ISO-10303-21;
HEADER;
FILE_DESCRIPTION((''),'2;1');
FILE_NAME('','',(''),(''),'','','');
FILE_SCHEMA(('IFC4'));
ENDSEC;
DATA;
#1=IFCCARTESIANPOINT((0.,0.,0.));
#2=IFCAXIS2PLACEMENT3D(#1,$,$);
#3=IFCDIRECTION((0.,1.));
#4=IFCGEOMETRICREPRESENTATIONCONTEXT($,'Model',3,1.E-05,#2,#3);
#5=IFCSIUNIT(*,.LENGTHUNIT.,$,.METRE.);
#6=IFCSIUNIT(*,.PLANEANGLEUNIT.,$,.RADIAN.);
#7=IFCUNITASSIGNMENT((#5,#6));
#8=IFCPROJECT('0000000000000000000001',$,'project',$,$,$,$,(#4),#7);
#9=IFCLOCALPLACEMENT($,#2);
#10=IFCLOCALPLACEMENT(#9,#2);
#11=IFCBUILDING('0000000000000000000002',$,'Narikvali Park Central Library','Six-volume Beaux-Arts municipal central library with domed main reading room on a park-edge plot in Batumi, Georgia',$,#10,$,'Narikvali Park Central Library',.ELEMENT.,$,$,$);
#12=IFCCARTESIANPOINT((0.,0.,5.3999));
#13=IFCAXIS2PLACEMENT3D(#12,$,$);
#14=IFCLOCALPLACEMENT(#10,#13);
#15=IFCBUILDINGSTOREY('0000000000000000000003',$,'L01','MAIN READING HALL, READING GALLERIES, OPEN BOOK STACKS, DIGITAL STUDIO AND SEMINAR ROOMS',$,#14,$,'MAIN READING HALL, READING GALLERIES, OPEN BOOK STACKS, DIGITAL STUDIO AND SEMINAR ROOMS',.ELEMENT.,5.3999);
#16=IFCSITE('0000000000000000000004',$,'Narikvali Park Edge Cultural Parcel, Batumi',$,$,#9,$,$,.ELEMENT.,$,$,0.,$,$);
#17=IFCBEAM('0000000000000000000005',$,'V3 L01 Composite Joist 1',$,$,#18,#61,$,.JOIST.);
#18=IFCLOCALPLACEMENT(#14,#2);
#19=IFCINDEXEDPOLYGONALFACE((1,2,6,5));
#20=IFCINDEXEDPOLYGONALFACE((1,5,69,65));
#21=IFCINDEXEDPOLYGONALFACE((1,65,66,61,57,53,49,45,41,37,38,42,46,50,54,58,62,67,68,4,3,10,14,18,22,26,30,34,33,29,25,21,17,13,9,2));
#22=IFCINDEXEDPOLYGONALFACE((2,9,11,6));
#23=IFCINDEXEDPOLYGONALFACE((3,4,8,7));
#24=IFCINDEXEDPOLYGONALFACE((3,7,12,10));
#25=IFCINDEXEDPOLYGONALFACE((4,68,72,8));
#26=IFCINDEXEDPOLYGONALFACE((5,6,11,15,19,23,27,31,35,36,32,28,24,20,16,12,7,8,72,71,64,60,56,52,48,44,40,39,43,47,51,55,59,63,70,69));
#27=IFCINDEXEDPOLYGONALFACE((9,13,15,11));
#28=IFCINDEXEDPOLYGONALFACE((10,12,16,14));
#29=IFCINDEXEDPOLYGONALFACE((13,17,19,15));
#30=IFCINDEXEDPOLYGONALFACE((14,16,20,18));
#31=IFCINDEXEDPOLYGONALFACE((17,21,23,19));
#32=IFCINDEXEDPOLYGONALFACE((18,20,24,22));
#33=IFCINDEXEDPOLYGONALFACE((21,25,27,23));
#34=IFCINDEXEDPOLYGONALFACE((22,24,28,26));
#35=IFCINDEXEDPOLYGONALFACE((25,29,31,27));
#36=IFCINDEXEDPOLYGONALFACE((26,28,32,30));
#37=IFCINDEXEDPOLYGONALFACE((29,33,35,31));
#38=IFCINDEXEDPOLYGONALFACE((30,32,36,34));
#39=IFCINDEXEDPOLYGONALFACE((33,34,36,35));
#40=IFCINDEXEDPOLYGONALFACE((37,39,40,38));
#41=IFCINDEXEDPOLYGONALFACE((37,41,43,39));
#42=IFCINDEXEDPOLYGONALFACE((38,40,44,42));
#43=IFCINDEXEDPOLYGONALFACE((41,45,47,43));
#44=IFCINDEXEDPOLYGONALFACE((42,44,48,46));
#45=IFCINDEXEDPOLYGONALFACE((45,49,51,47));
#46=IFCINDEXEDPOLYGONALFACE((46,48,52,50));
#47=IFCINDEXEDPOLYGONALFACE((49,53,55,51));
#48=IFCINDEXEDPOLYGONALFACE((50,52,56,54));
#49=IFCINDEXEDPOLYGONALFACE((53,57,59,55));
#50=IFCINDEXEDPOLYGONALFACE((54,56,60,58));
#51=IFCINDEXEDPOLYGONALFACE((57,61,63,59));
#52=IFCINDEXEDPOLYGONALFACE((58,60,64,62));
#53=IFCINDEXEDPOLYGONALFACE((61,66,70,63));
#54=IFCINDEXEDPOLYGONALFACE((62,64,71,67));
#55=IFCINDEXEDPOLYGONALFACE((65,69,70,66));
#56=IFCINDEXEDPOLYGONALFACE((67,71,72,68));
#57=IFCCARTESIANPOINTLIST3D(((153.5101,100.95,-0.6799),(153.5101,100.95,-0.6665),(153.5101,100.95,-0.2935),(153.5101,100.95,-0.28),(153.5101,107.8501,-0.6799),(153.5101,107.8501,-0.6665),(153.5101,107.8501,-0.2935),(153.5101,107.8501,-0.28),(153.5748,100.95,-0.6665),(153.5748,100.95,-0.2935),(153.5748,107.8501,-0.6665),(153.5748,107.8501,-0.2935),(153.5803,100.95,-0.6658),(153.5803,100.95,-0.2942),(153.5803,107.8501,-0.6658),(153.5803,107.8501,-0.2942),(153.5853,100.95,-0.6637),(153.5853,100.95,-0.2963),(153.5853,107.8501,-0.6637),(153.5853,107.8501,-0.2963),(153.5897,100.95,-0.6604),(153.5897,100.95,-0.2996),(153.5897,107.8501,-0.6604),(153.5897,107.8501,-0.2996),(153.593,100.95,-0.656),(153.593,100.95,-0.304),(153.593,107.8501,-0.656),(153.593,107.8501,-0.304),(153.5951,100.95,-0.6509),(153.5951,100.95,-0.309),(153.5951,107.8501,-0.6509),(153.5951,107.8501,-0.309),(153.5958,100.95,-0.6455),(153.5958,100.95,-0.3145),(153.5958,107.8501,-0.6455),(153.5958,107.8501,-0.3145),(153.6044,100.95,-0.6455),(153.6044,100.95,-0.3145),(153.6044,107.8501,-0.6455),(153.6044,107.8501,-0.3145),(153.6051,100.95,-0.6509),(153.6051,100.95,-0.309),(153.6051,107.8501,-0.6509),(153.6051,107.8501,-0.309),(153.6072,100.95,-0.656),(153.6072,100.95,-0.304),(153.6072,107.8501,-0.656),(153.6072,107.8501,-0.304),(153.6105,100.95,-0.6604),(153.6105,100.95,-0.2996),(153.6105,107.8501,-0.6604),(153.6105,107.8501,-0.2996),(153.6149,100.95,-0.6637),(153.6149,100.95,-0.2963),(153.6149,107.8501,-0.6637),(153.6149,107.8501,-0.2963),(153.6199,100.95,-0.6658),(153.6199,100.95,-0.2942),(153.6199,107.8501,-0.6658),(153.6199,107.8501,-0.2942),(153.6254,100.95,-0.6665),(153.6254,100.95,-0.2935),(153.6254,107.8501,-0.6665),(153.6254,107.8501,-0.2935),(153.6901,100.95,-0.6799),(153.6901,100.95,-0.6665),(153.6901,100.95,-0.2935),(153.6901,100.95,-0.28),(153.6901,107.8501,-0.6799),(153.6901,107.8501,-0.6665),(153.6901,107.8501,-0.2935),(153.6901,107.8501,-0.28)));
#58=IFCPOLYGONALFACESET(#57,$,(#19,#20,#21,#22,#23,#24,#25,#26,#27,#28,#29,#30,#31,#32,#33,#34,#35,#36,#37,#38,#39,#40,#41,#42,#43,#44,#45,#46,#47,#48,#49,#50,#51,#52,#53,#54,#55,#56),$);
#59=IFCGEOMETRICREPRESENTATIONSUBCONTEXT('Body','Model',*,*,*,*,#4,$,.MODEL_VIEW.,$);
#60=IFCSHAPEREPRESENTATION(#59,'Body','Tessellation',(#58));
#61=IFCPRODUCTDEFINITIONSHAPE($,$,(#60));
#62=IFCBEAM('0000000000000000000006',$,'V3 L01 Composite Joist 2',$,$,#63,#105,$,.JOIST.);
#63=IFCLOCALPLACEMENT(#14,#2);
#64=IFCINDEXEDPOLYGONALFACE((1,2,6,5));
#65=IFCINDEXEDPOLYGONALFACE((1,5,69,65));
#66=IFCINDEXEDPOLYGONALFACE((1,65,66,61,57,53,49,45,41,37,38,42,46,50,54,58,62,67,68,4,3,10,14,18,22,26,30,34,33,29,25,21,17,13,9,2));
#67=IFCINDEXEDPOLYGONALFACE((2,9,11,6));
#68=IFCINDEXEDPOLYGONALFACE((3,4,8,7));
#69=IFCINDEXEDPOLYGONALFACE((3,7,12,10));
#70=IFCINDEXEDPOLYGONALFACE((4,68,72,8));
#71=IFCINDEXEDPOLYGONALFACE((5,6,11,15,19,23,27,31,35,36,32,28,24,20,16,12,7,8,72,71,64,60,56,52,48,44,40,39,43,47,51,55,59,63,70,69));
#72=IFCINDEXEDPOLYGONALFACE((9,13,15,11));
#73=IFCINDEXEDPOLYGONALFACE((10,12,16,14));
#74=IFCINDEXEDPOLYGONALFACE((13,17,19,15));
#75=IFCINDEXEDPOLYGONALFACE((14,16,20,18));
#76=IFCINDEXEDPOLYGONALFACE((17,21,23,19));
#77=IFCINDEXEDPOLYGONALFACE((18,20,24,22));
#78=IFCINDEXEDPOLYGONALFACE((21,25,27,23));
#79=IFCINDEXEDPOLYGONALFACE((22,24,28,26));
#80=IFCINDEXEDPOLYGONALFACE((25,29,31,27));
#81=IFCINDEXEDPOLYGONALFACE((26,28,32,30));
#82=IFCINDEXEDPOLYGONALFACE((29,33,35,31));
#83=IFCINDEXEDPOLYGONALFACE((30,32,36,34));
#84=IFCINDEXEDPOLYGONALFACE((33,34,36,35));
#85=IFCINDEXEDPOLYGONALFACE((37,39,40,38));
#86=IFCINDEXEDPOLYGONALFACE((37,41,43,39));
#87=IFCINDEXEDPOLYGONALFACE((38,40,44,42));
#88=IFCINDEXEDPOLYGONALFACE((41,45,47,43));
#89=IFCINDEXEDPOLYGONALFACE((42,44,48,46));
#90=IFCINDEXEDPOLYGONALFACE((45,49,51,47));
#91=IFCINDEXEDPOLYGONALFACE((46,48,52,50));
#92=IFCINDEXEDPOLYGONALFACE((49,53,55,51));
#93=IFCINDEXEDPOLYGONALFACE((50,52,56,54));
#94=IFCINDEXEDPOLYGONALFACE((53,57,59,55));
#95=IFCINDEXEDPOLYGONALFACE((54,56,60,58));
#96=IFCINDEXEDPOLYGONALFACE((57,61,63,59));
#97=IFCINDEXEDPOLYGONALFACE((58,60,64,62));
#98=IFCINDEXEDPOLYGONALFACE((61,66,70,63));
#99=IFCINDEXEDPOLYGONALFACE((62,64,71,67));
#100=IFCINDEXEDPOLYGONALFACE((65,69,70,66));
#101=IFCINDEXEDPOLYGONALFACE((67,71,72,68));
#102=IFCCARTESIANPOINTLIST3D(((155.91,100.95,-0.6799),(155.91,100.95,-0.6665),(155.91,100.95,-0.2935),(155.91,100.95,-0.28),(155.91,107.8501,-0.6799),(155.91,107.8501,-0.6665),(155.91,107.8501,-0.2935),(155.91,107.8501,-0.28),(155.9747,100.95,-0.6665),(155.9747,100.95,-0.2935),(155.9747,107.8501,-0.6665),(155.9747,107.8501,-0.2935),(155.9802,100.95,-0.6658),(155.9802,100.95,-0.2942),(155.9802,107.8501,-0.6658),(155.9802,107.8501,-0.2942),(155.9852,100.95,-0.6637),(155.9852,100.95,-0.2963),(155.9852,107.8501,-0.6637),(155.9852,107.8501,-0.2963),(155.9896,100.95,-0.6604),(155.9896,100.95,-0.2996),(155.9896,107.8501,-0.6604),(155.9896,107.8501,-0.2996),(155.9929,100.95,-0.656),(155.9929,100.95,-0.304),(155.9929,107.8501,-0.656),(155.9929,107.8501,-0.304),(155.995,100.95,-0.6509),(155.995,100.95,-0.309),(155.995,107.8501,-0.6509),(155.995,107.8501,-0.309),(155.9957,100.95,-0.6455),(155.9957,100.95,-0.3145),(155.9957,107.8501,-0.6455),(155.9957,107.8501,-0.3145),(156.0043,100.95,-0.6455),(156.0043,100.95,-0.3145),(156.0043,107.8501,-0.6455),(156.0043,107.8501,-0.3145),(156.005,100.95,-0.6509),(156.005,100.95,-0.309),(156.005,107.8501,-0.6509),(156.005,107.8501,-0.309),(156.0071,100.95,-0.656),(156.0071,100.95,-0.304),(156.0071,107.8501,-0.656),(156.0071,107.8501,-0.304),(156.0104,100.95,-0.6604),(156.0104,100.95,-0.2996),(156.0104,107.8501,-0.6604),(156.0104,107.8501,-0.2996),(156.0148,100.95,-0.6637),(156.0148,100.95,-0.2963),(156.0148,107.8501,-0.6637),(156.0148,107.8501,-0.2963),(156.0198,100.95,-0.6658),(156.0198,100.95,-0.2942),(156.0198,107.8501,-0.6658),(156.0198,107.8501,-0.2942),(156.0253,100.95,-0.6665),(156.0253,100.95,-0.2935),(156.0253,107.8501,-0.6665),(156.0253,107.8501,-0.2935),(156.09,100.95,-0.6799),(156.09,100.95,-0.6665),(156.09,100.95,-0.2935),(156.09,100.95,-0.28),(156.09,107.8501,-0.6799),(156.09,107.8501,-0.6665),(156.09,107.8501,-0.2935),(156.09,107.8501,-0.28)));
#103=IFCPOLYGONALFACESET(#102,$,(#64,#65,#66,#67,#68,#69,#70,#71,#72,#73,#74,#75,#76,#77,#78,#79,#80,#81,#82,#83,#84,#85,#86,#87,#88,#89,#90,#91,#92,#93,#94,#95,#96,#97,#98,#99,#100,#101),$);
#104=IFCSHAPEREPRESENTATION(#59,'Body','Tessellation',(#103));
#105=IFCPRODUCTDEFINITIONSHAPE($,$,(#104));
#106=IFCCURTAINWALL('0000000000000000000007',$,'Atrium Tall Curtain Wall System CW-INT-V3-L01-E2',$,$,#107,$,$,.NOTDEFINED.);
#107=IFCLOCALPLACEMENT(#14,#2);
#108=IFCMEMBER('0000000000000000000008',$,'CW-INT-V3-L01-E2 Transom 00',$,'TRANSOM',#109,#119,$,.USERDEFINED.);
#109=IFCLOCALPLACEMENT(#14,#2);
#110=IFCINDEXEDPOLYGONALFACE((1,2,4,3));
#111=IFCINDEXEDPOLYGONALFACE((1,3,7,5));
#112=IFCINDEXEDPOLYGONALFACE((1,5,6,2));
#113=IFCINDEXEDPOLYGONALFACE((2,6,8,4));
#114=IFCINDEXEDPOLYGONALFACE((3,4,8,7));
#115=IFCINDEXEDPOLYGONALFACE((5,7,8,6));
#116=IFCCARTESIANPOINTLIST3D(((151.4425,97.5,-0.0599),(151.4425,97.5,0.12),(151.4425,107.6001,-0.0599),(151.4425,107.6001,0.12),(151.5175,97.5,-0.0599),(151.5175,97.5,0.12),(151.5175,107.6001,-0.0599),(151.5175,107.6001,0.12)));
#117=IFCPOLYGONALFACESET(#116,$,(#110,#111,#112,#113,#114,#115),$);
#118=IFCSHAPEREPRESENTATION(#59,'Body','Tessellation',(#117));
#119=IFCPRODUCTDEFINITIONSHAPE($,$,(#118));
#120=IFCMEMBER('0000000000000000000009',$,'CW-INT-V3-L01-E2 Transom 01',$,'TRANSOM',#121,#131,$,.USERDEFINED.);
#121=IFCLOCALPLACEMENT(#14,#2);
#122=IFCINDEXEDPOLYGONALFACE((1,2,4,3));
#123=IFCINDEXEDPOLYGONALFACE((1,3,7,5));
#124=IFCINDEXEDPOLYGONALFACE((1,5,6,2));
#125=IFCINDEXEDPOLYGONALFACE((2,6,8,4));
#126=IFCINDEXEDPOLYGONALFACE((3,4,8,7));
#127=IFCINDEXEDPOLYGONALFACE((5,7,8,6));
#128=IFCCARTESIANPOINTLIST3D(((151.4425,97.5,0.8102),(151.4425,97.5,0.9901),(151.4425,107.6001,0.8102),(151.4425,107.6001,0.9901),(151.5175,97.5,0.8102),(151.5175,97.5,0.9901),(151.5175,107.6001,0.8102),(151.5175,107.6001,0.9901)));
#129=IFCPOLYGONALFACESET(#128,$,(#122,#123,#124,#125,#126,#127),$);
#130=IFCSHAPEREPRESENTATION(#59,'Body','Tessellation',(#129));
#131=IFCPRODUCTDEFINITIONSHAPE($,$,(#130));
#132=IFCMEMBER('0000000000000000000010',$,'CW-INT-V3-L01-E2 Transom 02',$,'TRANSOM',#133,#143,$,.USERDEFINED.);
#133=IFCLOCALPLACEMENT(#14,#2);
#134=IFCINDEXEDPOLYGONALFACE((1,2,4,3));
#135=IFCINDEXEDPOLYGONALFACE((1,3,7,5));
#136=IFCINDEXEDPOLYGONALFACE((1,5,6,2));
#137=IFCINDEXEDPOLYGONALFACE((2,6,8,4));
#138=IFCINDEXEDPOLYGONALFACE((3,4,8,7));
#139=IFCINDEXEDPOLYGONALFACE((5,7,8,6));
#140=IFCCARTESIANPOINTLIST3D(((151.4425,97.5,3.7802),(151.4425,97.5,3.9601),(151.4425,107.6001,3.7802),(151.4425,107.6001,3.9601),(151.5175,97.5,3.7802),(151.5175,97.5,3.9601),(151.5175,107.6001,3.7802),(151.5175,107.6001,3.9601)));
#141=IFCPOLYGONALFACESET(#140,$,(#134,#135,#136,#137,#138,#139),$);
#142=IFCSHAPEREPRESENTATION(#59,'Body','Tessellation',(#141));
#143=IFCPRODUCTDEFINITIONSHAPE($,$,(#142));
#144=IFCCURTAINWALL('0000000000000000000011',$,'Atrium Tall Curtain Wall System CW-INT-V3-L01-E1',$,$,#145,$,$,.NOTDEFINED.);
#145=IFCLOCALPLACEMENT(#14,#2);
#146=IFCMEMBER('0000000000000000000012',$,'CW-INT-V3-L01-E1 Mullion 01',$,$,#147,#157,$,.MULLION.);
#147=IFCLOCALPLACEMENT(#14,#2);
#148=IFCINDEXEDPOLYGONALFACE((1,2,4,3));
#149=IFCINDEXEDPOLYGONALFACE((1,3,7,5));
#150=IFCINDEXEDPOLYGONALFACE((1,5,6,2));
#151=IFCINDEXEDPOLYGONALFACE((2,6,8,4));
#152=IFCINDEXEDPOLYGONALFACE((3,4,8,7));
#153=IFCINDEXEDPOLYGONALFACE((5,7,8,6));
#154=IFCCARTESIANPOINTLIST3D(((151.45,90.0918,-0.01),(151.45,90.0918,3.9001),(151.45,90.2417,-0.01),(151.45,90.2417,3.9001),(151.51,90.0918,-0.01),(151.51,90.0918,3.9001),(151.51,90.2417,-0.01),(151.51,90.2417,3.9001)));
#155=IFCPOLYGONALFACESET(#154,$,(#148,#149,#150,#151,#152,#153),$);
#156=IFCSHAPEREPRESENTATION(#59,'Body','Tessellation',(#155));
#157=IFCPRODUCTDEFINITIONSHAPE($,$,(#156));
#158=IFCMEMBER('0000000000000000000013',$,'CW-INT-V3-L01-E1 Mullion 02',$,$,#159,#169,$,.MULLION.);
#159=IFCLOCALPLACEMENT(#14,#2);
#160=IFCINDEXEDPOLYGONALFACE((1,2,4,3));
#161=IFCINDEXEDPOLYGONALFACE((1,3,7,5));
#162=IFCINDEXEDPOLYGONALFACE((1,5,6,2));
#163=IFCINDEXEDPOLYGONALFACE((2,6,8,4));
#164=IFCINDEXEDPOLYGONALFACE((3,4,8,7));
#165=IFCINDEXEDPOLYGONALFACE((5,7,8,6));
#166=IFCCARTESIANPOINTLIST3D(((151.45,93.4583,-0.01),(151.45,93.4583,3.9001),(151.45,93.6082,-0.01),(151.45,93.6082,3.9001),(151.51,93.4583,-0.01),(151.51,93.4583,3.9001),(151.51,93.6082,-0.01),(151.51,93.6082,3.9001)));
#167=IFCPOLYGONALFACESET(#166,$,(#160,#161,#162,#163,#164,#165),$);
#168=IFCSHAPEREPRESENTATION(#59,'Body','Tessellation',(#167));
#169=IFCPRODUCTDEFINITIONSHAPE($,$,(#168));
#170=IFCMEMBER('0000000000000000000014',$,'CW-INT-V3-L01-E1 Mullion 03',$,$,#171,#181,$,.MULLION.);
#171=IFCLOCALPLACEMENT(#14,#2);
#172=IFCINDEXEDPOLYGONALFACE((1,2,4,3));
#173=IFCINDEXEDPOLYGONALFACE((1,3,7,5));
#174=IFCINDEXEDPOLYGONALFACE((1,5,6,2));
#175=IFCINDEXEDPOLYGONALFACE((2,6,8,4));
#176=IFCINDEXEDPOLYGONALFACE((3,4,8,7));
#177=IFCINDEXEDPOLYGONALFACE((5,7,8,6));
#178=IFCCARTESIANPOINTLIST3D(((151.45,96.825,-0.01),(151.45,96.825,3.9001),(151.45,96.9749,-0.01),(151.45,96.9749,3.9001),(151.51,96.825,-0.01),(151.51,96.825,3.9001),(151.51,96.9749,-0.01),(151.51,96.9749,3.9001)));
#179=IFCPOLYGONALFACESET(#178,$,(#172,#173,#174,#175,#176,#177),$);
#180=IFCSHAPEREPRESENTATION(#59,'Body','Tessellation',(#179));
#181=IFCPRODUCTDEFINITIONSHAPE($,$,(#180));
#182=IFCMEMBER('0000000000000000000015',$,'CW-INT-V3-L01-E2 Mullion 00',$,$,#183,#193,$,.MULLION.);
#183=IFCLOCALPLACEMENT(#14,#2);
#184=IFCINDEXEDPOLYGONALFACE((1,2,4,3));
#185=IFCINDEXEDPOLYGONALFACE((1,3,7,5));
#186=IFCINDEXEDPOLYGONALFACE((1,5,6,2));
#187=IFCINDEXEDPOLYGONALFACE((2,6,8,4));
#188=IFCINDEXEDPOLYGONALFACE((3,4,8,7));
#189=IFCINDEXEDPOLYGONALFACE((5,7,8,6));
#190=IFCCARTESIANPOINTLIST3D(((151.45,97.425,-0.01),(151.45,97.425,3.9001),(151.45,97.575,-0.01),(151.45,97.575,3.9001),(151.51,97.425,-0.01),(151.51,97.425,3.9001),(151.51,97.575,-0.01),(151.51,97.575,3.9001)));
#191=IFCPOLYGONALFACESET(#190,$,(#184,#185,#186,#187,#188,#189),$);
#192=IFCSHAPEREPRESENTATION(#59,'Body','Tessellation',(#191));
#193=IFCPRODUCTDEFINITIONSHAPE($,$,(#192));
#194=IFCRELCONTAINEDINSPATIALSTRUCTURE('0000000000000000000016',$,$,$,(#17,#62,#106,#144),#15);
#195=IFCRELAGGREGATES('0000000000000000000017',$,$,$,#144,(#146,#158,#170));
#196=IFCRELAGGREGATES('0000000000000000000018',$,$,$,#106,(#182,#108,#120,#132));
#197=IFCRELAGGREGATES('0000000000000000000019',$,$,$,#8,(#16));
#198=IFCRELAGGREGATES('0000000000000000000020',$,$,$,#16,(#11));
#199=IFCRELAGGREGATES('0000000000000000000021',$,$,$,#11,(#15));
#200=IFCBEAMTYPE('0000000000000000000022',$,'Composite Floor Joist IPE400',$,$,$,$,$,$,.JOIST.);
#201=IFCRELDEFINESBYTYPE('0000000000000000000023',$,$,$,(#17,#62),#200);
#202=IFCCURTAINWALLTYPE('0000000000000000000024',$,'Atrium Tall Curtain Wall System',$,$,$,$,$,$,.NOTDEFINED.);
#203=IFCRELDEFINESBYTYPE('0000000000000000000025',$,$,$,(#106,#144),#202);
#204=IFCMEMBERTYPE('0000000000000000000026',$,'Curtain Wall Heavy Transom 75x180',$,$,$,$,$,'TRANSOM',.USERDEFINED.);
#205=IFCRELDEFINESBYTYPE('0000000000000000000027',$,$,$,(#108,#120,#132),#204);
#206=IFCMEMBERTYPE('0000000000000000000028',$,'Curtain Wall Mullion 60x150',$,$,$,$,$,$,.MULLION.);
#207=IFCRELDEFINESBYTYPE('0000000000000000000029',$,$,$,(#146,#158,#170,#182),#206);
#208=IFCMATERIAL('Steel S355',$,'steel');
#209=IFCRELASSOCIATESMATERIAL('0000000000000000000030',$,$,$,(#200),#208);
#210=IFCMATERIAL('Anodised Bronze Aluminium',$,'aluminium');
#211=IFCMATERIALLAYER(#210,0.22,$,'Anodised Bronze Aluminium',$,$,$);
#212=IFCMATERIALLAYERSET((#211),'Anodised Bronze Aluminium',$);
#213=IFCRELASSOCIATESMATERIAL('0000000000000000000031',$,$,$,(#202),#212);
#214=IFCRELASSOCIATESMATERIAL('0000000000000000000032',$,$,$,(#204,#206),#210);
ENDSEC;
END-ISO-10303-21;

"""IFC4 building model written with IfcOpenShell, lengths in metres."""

from ifc_helpers import new_model, si_unit, direction, frame, origin, origin_2d, place, context, subcontext, project, spatial, rectangle, i_section, extrude, material, layer, layer_set, material_profile, profile_set, type_object, element, aggregate, save


model = new_model("IFC4")

# Units and contexts
model_context = context("Model", 3, precision=1e-05, world=origin(), true_north=direction((0.0, 1.0)))
body_context = subcontext(model_context, "Body", "Model", "MODEL_VIEW")
ifc_project = project(units=[si_unit("LENGTHUNIT", "METRE"), si_unit("PLANEANGLEUNIT", "RADIAN")], contexts=[model_context])

# Site, building, storey
site_placement = place(None, origin())
site = spatial("IfcSite", under=ifc_project, at=site_placement, Name="Narikvali Park Edge Cultural Parcel, Batumi", CompositionType="ELEMENT", RefElevation=0.0)
building_placement = place(site_placement, origin())
building = spatial("IfcBuilding", under=site, at=building_placement, Name="Narikvali Park Central Library", Description="Six-volume Beaux-Arts municipal central library with domed main reading room on a park-edge plot in Batumi, Georgia", LongName="Narikvali Park Central Library", CompositionType="ELEMENT")
storey_placement = place(building_placement, frame((0.0, 0.0, 5.3999)))
storey = spatial("IfcBuildingStorey", under=building, at=storey_placement, Name="L01", Description="MAIN READING HALL, READING GALLERIES, OPEN BOOK STACKS, DIGITAL STUDIO AND SEMINAR ROOMS", LongName="MAIN READING HALL, READING GALLERIES, OPEN BOOK STACKS, DIGITAL STUDIO AND SEMINAR ROOMS", CompositionType="ELEMENT", Elevation=5.3999)

# Shared definitions
ifc_material_1 = material(Name="Steel S355", Category="steel")

# Beams
ifc_material_profile_1 = material_profile(ifc_material_1, i_section(OverallWidth=0.1799, OverallDepth=0.3999, WebThickness=0.0085, FlangeThickness=0.0134, FilletRadius=0.021, at=origin_2d()), Name="IPE 400")
ifc_profile_set_1 = profile_set([ifc_material_profile_1], Name="Steel S355")
beam_type_1 = type_object("IfcBeamType", Name="Composite Floor Joist IPE400", PredefinedType="JOIST", material=ifc_profile_set_1)
for number, where, z_axis, x_axis, name in (
    (1, (153.6001, 100.95, -0.48), (0.0, 1.0, 0.0), (-1.0, 0.0, 0.0), "V3 L01 Composite Joist 1"),
    (2, (156.0, 100.95, -0.48), (0.0, 1.0, 0.0), (-1.0, 0.0, 0.0), "V3 L01 Composite Joist 2"),
):
    element("IfcBeam", number, at=place(storey_placement, frame(where, z_axis=z_axis, x_axis=x_axis)), inside=storey, type_object=beam_type_1, Name=name, PredefinedType="JOIST", context=body_context, shape_type="SweptSolid", body=[
        extrude(i_section(OverallWidth=0.1799, OverallDepth=0.3999, WebThickness=0.0085, FlangeThickness=0.0134, FilletRadius=0.021, at=origin_2d()), origin(), (0.0, 0.0, 1.0), 6.9001),
    ])

# Curtain walls, members
ifc_material_2 = material(Name="Anodised Bronze Aluminium", Category="aluminium")
ifc_layer_1 = layer(ifc_material_2, 0.22, Name="Anodised Bronze Aluminium")
ifc_layer_set_1 = layer_set([ifc_layer_1], Name="Anodised Bronze Aluminium")
curtain_wall_type = type_object("IfcCurtainWallType", Name="Atrium Tall Curtain Wall System", PredefinedType="NOTDEFINED", material=ifc_layer_set_1)
curtain_wall_1_placement = place(storey_placement, origin())
curtain_wall_1 = element("IfcCurtainWall", 3, at=curtain_wall_1_placement, inside=storey, type_object=curtain_wall_type, Name="Atrium Tall Curtain Wall System CW-INT-V3-L01-E2", PredefinedType="NOTDEFINED")
ifc_material_profile_2 = material_profile(ifc_material_2, rectangle(XDim=0.075, YDim=0.1799, at=origin_2d()), Name="CW TRANSOM 75x180")
ifc_profile_set_2 = profile_set([ifc_material_profile_2], Name="Anodised Bronze Aluminium")
member_type_1 = type_object("IfcMemberType", Name="Curtain Wall Heavy Transom 75x180", ElementType="TRANSOM", PredefinedType="USERDEFINED", material=ifc_profile_set_2)
member_1_placement = place(storey_placement, frame((151.48, 97.5, 0.03), z_axis=(0.0, 1.0, 0.0), x_axis=(-1.0, 0.0, 0.0)))
member_1 = element("IfcMember", 4, at=member_1_placement, type_object=member_type_1, Name="CW-INT-V3-L01-E2 Transom 00", ObjectType="TRANSOM", PredefinedType="USERDEFINED", context=body_context, shape_type="SweptSolid", body=[
    extrude(rectangle(XDim=0.075, YDim=0.1799, at=origin_2d()), origin(), (0.0, 0.0, 1.0), 10.1001),
])
member_2_placement = place(storey_placement, frame((151.48, 97.5, 0.9001), z_axis=(0.0, 1.0, 0.0), x_axis=(-1.0, 0.0, 0.0)))
member_2 = element("IfcMember", 5, at=member_2_placement, type_object=member_type_1, Name="CW-INT-V3-L01-E2 Transom 01", ObjectType="TRANSOM", PredefinedType="USERDEFINED", context=body_context, shape_type="SweptSolid", body=[
    extrude(rectangle(XDim=0.075, YDim=0.1799, at=origin_2d()), origin(), (0.0, 0.0, 1.0), 10.1001),
])
member_3_placement = place(storey_placement, frame((151.48, 97.5, 3.8701), z_axis=(0.0, 1.0, 0.0), x_axis=(-1.0, 0.0, 0.0)))
member_3 = element("IfcMember", 6, at=member_3_placement, type_object=member_type_1, Name="CW-INT-V3-L01-E2 Transom 02", ObjectType="TRANSOM", PredefinedType="USERDEFINED", context=body_context, shape_type="SweptSolid", body=[
    extrude(rectangle(XDim=0.075, YDim=0.1799, at=origin_2d()), origin(), (0.0, 0.0, 1.0), 10.1001),
])
curtain_wall_2_placement = place(storey_placement, origin())
curtain_wall_2 = element("IfcCurtainWall", 7, at=curtain_wall_2_placement, inside=storey, type_object=curtain_wall_type, Name="Atrium Tall Curtain Wall System CW-INT-V3-L01-E1", PredefinedType="NOTDEFINED")
ifc_material_profile_3 = material_profile(ifc_material_2, rectangle(XDim=0.0601, YDim=0.1499, at=origin_2d()), Name="CW MULLION 60x150")
ifc_profile_set_3 = profile_set([ifc_material_profile_3], Name="Anodised Bronze Aluminium")
member_type_2 = type_object("IfcMemberType", Name="Curtain Wall Mullion 60x150", PredefinedType="MULLION", material=ifc_profile_set_3)
member_4_placement = place(storey_placement, frame((151.48, 90.1667, -0.01), z_axis=(0.0, 0.0, 1.0), x_axis=(1.0, 0.0, 0.0)))
member_4 = element("IfcMember", 8, at=member_4_placement, type_object=member_type_2, Name="CW-INT-V3-L01-E1 Mullion 01", PredefinedType="MULLION", context=body_context, shape_type="SweptSolid", body=[
    extrude(rectangle(XDim=0.0601, YDim=0.1499, at=origin_2d()), origin(), (0.0, 0.0, 1.0), 3.9102),
])
member_5_placement = place(storey_placement, frame((151.48, 93.5332, -0.01), z_axis=(0.0, 0.0, 1.0), x_axis=(1.0, 0.0, 0.0)))
member_5 = element("IfcMember", 9, at=member_5_placement, type_object=member_type_2, Name="CW-INT-V3-L01-E1 Mullion 02", PredefinedType="MULLION", context=body_context, shape_type="SweptSolid", body=[
    extrude(rectangle(XDim=0.0601, YDim=0.1499, at=origin_2d()), origin(), (0.0, 0.0, 1.0), 3.9102),
])
member_6_placement = place(storey_placement, frame((151.48, 96.8999, -0.01), z_axis=(0.0, 0.0, 1.0), x_axis=(1.0, 0.0, 0.0)))
member_6 = element("IfcMember", 10, at=member_6_placement, type_object=member_type_2, Name="CW-INT-V3-L01-E1 Mullion 03", PredefinedType="MULLION", context=body_context, shape_type="SweptSolid", body=[
    extrude(rectangle(XDim=0.0601, YDim=0.1499, at=origin_2d()), origin(), (0.0, 0.0, 1.0), 3.9102),
])

# Member
member_7_placement = place(storey_placement, frame((151.48, 97.5, -0.01), z_axis=(0.0, 0.0, 1.0), x_axis=(1.0, 0.0, 0.0)))
member_7 = element("IfcMember", 11, at=member_7_placement, type_object=member_type_2, Name="CW-INT-V3-L01-E2 Mullion 00", PredefinedType="MULLION", context=body_context, shape_type="SweptSolid", body=[
    extrude(rectangle(XDim=0.0601, YDim=0.1499, at=origin_2d()), origin(), (0.0, 0.0, 1.0), 3.9102),
])

aggregate(curtain_wall_2, [member_4, member_5, member_6])
aggregate(curtain_wall_1, [member_7, member_1, member_2, member_3])

save(model, "model.ifc")
